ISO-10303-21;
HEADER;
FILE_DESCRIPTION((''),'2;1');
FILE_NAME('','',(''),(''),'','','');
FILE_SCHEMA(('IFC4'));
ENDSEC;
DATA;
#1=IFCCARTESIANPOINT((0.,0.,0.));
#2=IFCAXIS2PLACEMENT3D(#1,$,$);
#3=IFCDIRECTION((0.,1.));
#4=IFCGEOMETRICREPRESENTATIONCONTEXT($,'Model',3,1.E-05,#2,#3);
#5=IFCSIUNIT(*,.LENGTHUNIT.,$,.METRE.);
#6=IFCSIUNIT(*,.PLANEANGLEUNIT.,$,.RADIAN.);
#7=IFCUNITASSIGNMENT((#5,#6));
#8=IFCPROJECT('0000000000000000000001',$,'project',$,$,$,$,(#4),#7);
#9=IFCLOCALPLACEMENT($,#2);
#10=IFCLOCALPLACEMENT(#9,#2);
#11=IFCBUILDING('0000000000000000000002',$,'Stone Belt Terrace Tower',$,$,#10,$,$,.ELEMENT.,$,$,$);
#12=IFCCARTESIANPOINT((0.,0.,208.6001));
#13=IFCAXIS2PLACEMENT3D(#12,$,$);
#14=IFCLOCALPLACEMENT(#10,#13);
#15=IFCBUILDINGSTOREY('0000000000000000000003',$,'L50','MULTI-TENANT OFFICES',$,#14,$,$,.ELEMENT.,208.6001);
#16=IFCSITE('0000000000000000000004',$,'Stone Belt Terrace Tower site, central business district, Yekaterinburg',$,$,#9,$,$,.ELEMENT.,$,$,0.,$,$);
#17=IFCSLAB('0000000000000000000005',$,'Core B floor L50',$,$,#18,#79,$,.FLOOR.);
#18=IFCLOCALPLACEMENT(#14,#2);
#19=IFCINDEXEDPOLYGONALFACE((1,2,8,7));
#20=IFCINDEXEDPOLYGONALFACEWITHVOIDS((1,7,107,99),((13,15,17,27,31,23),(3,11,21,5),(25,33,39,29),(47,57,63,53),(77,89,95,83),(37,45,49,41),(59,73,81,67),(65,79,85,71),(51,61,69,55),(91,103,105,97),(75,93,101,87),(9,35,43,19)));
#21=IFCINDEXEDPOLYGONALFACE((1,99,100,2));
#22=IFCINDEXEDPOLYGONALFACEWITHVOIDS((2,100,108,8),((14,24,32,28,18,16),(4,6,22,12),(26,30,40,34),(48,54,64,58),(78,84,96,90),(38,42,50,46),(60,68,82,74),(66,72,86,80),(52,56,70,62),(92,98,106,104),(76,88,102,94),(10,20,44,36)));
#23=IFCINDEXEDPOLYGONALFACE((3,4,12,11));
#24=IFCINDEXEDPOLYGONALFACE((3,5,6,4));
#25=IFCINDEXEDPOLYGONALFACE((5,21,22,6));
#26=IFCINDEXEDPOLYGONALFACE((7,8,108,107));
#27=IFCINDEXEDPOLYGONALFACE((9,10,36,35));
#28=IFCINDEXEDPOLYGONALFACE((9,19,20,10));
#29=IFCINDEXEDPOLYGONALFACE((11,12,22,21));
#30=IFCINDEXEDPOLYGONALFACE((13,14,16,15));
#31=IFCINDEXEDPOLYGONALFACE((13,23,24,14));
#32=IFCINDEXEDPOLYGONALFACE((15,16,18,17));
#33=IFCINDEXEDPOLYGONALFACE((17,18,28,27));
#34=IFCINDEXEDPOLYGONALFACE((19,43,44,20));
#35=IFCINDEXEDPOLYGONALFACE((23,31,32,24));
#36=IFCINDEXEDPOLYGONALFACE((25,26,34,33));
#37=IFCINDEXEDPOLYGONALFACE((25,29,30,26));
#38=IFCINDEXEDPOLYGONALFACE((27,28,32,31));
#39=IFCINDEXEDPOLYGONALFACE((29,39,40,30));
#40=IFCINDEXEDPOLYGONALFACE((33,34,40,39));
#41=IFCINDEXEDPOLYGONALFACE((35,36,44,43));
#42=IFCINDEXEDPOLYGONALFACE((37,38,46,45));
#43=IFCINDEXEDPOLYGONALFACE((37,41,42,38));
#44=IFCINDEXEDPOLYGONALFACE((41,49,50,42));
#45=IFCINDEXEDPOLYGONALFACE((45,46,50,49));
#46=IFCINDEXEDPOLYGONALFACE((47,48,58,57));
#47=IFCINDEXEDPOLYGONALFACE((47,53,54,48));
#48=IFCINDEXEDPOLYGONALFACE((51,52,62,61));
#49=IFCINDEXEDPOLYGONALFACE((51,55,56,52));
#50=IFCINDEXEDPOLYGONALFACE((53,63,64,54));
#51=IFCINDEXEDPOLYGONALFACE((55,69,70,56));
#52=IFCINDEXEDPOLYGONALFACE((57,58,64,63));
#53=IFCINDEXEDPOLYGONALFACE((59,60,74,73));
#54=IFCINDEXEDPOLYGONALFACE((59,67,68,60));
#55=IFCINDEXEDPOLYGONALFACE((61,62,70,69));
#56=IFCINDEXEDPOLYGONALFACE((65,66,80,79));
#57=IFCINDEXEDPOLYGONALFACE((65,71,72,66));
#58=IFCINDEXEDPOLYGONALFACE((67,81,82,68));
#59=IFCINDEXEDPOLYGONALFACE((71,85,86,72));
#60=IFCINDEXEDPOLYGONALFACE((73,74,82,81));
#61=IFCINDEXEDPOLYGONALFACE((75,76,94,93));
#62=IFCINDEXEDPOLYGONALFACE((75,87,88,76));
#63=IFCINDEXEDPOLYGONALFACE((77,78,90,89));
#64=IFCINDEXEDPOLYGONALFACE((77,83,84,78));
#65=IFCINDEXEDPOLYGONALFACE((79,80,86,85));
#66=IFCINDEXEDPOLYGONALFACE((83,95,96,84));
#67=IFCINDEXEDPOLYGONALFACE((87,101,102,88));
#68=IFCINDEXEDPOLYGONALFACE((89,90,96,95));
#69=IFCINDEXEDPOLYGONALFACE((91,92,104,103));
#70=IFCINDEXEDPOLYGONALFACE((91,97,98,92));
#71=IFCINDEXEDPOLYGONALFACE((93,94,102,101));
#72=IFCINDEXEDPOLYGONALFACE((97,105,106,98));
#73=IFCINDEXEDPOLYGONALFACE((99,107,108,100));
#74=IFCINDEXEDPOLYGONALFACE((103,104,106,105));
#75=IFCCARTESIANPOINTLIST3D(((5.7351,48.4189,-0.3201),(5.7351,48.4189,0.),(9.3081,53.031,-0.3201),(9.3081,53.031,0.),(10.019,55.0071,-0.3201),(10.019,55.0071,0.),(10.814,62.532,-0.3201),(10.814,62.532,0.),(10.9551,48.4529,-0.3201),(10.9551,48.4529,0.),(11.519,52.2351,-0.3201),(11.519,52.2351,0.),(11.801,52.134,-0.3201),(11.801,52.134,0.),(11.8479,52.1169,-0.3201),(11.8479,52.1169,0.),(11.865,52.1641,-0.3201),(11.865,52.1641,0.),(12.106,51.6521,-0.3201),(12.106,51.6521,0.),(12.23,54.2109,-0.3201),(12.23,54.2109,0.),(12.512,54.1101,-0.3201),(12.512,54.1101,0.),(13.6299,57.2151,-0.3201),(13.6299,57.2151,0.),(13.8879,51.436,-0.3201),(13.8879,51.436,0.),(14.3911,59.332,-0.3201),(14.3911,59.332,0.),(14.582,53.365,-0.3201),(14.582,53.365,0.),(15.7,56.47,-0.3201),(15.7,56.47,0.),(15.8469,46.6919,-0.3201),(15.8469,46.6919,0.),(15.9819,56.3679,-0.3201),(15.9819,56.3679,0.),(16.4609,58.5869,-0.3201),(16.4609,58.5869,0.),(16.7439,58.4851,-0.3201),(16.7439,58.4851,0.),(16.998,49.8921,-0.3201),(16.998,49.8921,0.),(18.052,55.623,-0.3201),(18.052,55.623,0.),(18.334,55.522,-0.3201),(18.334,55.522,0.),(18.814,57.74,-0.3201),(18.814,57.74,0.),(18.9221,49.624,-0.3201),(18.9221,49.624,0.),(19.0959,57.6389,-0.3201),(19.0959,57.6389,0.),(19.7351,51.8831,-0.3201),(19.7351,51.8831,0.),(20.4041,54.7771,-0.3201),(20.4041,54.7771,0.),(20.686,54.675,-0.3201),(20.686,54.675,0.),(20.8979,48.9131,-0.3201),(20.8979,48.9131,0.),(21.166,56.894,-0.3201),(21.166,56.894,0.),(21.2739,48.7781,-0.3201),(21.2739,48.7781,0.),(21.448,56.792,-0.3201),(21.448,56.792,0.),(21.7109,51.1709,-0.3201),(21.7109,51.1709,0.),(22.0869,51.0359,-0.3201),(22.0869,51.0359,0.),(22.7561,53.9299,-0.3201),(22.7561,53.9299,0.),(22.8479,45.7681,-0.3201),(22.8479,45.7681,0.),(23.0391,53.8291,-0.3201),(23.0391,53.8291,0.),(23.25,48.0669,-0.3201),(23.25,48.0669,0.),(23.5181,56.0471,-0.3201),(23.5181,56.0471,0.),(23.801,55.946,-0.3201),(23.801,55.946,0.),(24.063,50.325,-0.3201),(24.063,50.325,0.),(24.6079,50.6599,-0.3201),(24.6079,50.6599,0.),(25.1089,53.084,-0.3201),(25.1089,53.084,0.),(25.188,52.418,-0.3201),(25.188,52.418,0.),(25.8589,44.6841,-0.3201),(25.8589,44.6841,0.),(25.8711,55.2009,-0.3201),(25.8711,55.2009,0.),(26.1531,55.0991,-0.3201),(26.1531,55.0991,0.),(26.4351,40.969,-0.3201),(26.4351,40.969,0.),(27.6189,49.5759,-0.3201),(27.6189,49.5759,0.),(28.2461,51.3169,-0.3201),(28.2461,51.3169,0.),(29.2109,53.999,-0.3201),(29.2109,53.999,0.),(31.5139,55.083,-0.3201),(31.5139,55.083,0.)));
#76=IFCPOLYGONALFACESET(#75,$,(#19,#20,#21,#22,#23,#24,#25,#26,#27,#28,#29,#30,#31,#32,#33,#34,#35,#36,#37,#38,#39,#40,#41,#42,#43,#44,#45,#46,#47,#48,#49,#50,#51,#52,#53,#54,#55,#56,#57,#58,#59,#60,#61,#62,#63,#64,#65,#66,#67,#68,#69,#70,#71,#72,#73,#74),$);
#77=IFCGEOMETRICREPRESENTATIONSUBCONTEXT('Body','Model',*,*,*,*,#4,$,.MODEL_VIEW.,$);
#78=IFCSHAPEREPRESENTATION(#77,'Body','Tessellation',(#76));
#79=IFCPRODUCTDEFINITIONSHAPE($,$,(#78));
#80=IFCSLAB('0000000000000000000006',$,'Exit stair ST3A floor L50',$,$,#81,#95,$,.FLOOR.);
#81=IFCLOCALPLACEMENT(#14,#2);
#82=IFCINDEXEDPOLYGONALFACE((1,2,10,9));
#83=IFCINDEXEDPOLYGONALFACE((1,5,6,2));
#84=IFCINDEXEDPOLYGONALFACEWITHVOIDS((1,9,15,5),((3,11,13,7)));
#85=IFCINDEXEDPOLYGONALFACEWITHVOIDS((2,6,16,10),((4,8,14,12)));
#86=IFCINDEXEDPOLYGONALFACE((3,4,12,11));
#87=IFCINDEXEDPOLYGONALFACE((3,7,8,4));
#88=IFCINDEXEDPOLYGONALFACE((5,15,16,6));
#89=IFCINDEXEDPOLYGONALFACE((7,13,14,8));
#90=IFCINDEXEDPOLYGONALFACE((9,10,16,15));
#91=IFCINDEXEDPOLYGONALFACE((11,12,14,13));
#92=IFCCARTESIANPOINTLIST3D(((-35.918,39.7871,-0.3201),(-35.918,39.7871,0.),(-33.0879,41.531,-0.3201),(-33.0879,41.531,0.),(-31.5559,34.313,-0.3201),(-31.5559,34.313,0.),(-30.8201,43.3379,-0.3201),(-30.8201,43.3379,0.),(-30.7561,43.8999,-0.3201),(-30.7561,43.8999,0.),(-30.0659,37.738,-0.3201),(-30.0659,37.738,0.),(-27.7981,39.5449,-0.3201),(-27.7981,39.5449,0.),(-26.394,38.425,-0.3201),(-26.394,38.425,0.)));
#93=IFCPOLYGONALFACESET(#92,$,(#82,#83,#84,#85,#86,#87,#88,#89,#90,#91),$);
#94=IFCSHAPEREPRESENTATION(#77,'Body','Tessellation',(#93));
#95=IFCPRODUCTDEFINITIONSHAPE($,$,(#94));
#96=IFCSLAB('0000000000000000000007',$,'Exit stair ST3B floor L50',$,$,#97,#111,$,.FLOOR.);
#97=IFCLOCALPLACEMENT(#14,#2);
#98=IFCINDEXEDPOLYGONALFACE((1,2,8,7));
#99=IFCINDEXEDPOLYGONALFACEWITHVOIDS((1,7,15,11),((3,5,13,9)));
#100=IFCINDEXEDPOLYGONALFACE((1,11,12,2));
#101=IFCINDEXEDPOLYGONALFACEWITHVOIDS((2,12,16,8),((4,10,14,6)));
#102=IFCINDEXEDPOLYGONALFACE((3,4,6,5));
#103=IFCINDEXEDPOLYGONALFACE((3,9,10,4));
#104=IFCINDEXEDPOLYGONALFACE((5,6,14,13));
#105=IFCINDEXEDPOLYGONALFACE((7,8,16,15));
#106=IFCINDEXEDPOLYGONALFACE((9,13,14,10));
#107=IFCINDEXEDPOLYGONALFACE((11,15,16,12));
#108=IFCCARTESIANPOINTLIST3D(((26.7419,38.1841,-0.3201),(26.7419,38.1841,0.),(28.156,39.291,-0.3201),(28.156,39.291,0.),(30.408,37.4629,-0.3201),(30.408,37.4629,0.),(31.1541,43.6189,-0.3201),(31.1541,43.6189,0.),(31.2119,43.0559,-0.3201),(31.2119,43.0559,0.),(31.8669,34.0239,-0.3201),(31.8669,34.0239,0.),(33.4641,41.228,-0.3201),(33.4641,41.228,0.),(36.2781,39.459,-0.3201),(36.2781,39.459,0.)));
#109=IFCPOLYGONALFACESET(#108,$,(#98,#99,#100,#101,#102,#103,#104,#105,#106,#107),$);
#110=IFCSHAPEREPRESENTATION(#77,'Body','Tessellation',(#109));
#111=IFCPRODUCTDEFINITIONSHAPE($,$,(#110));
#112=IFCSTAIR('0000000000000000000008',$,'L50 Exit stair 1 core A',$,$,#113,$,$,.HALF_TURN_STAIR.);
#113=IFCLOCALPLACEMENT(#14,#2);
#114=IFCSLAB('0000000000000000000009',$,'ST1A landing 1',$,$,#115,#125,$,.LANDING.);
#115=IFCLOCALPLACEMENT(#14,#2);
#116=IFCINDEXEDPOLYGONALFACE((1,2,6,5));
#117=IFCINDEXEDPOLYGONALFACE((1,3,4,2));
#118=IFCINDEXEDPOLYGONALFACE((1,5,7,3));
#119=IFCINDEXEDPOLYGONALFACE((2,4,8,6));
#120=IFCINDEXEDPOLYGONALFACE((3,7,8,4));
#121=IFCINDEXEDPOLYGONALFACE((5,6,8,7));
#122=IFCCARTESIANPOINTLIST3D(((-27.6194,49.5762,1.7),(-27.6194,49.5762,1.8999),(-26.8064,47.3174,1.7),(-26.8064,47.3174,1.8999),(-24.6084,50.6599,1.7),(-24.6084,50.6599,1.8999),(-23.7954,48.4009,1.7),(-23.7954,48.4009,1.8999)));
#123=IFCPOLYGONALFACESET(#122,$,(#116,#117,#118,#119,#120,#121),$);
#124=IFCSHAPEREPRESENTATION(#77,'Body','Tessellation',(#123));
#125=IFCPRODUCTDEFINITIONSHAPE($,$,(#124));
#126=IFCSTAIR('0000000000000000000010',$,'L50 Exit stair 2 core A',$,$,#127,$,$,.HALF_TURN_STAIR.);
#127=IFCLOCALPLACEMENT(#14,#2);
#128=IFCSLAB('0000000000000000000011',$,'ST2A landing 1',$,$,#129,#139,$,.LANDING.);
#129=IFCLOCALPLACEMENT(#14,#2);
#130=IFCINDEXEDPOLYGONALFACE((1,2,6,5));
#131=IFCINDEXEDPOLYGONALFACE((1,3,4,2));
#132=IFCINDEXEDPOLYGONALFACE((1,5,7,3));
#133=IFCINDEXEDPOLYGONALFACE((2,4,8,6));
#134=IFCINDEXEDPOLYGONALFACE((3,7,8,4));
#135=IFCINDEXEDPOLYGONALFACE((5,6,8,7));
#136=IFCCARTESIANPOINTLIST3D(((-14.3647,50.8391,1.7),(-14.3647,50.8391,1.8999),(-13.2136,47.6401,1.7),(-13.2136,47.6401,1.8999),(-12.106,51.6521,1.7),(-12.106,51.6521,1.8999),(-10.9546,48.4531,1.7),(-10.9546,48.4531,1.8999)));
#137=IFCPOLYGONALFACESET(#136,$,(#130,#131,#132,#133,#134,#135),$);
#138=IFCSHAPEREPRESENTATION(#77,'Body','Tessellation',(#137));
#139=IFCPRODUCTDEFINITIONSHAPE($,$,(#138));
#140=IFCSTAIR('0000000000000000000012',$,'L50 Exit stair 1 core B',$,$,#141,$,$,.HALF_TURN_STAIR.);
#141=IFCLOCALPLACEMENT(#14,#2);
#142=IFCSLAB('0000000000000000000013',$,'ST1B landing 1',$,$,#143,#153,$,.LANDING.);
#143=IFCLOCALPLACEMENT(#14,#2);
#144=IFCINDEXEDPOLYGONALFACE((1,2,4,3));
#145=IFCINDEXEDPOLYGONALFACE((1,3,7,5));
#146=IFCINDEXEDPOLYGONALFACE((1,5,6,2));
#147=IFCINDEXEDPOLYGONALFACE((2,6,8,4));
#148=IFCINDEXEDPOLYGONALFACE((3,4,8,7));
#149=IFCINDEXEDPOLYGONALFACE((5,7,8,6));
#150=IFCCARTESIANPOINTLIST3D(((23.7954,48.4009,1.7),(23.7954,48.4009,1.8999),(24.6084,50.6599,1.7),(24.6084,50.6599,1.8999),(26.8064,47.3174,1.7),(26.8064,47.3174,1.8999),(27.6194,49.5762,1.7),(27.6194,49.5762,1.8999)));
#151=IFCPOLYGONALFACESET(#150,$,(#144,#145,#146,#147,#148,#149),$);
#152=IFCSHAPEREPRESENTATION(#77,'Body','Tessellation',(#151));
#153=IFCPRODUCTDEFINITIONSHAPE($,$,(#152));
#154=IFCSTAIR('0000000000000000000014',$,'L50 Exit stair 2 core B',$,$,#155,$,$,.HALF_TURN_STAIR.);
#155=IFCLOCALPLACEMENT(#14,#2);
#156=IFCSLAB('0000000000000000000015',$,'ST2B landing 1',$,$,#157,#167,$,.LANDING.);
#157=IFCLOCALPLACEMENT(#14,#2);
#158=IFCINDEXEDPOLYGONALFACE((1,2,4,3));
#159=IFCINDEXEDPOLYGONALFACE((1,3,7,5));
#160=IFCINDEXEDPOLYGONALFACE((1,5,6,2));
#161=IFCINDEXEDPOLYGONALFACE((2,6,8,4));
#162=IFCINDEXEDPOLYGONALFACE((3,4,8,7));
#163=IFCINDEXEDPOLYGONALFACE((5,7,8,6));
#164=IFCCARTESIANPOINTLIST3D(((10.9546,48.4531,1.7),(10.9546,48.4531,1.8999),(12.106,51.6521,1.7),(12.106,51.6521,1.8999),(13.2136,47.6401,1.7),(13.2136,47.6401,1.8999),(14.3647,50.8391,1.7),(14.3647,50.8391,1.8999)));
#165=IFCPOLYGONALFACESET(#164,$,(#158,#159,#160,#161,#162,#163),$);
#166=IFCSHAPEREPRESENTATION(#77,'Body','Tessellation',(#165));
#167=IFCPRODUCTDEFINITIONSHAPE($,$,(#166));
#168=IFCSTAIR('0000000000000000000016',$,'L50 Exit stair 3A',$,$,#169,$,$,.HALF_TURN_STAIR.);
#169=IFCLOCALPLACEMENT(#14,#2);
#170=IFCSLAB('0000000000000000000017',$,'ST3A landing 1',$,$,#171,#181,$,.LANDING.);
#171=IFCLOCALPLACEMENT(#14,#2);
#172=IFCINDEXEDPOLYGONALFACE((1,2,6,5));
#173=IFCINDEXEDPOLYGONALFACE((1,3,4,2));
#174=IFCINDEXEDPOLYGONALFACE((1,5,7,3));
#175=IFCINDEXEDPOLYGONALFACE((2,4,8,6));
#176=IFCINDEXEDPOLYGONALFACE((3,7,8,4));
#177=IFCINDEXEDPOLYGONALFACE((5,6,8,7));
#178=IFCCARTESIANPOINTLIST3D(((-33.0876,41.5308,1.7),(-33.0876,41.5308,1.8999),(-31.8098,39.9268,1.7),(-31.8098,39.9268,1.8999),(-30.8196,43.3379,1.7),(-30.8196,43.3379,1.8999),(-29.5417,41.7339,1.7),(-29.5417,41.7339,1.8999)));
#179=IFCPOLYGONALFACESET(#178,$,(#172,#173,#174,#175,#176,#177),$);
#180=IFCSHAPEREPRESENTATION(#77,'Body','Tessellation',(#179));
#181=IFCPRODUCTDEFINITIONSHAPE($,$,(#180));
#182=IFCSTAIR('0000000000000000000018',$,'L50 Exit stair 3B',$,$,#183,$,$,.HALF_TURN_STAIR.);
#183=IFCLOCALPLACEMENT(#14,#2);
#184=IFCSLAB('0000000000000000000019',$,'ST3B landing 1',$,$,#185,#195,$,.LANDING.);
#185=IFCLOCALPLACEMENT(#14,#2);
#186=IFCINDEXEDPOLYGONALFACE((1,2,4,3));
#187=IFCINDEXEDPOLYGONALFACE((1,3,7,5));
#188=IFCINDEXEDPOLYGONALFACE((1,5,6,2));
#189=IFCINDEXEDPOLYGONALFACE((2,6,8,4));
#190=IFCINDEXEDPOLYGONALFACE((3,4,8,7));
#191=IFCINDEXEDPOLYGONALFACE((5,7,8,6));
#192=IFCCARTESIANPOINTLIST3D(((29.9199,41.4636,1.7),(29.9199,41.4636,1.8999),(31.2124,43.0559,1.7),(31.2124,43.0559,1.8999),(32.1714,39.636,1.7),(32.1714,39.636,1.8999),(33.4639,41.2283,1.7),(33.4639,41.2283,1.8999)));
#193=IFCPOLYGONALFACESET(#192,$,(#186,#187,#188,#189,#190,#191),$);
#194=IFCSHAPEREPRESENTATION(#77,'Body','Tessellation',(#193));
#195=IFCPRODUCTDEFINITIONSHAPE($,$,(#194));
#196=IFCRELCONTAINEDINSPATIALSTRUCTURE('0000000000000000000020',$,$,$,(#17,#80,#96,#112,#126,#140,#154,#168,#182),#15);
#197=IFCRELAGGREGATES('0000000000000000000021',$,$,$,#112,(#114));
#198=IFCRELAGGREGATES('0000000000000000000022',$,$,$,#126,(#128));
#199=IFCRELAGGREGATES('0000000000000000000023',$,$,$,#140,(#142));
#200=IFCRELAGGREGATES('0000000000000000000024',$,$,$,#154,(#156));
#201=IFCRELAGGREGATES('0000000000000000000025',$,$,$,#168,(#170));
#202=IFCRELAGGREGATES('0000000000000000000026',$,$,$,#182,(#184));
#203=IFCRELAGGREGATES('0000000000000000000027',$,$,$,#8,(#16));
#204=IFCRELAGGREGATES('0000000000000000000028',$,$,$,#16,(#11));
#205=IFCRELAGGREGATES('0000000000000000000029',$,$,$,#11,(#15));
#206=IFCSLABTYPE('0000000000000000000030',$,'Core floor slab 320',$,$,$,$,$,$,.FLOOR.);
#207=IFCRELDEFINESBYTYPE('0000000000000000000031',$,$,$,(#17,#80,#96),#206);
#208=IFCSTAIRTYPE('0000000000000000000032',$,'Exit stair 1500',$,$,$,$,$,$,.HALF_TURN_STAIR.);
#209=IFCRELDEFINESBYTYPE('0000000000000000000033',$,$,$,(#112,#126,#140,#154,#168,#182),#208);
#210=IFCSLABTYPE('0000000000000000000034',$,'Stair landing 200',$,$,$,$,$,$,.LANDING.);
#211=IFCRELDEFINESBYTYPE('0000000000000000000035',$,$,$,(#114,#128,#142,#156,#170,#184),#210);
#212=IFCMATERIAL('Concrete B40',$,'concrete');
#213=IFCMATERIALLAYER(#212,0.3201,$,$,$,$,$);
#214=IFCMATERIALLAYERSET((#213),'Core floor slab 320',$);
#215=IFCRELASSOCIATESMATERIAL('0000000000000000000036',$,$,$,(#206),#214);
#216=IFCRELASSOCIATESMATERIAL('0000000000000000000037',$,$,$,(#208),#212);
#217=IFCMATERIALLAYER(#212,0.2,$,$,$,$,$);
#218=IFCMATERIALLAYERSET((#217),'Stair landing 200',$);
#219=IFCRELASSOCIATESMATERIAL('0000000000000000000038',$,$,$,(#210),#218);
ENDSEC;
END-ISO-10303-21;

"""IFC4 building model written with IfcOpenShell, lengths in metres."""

from ifc_helpers import new_model, si_unit, direction, frame, origin, place, context, subcontext, project, spatial, polyline, outline, extrude, material, layer, layer_set, type_object, element, aggregate, save


model = new_model("IFC4")

# Units and contexts
model_context = context("Model", 3, precision=1e-05, world=origin(), true_north=direction((0.0, 1.0)))
body_context = subcontext(model_context, "Body", "Model", "MODEL_VIEW")
ifc_project = project(units=[si_unit("LENGTHUNIT", "METRE"), si_unit("PLANEANGLEUNIT", "RADIAN")], contexts=[model_context])

# Site, building, storey
site_placement = place(None, origin())
site = spatial("IfcSite", under=ifc_project, at=site_placement, Name="Stone Belt Terrace Tower site, central business district, Yekaterinburg", CompositionType="ELEMENT", RefElevation=0.0)
building_placement = place(site_placement, origin())
building = spatial("IfcBuilding", under=site, at=building_placement, Name="Stone Belt Terrace Tower", CompositionType="ELEMENT")
storey_placement = place(building_placement, frame((0.0, 0.0, 208.6001)))
storey = spatial("IfcBuildingStorey", under=building, at=storey_placement, Name="L50", Description="MULTI-TENANT OFFICES", CompositionType="ELEMENT", Elevation=208.6001)

# Slabs
ifc_material_1 = material(Name="Concrete B40", Category="concrete")
ifc_layer_1 = layer(ifc_material_1, 0.3201)
ifc_layer_set_1 = layer_set([ifc_layer_1], Name="Core floor slab 320")
slab_type_1 = type_object("IfcSlabType", Name="Core floor slab 320", PredefinedType="FLOOR", material=ifc_layer_set_1)
slab_1_placement = place(storey_placement, frame((0.0, 0.0, -0.3201)))
element("IfcSlab", 1, at=slab_1_placement, inside=storey, type_object=slab_type_1, Name="Core B floor L50", PredefinedType="FLOOR", context=body_context, shape_type="SweptSolid", body=[
    extrude(outline(polyline([(26.4351, 40.969), (31.5139, 55.083), (10.814, 62.532), (5.7351, 48.4189), (26.4351, 40.969)]), holes=[polyline([(12.106, 51.6521), (16.998, 49.8921), (15.8469, 46.6919), (10.9551, 48.4529), (12.106, 51.6521)]), polyline([(12.512, 54.1101), (14.582, 53.365), (13.8879, 51.436), (11.865, 52.1641), (11.8479, 52.1169), (11.801, 52.134), (12.512, 54.1101)]), polyline([(9.3081, 53.031), (10.019, 55.0071), (12.23, 54.2109), (11.519, 52.2351), (9.3081, 53.031)]), polyline([(18.334, 55.522), (19.0959, 57.6389), (21.166, 56.894), (20.4041, 54.7771), (18.334, 55.522)]), polyline([(16.7439, 58.4851), (18.814, 57.74), (18.052, 55.623), (15.9819, 56.3679), (16.7439, 58.4851)]), polyline([(14.3911, 59.332), (16.4609, 58.5869), (15.7, 56.47), (13.6299, 57.2151), (14.3911, 59.332)]), polyline([(27.6189, 49.5759), (25.8589, 44.6841), (22.8479, 45.7681), (24.6079, 50.6599), (27.6189, 49.5759)]), polyline([(23.25, 48.0669), (21.2739, 48.7781), (22.0869, 51.0359), (24.063, 50.325), (23.25, 48.0669)]), polyline([(20.8979, 48.9131), (18.9221, 49.624), (19.7351, 51.8831), (21.7109, 51.1709), (20.8979, 48.9131)]), polyline([(26.1531, 55.0991), (29.2109, 53.999), (28.2461, 51.3169), (25.188, 52.418), (26.1531, 55.0991)]), polyline([(23.801, 55.946), (25.8711, 55.2009), (25.1089, 53.084), (23.0391, 53.8291), (23.801, 55.946)]), polyline([(21.448, 56.792), (23.5181, 56.0471), (22.7561, 53.9299), (20.686, 54.675), (21.448, 56.792)])]), origin(), (0.0, 0.0, 1.0), 0.3201),
])
slab_2_placement = place(storey_placement, frame((0.0, 0.0, -0.3201)))
element("IfcSlab", 2, at=slab_2_placement, inside=storey, type_object=slab_type_1, Name="Exit stair ST3A floor L50", PredefinedType="FLOOR", context=body_context, shape_type="SweptSolid", body=[
    extrude(outline(polyline([(-26.394, 38.425), (-30.7561, 43.8999), (-35.918, 39.7871), (-31.5559, 34.313), (-26.394, 38.425)]), holes=[polyline([(-27.7981, 39.5449), (-30.0659, 37.738), (-33.0879, 41.531), (-30.8201, 43.3379), (-27.7981, 39.5449)])]), origin(), (0.0, 0.0, 1.0), 0.3201),
])
slab_3_placement = place(storey_placement, frame((0.0, 0.0, -0.3201)))
element("IfcSlab", 3, at=slab_3_placement, inside=storey, type_object=slab_type_1, Name="Exit stair ST3B floor L50", PredefinedType="FLOOR", context=body_context, shape_type="SweptSolid", body=[
    extrude(outline(polyline([(26.7419, 38.1841), (31.8669, 34.0239), (36.2781, 39.459), (31.1541, 43.6189), (26.7419, 38.1841)]), holes=[polyline([(30.408, 37.4629), (28.156, 39.291), (31.2119, 43.0559), (33.4641, 41.228), (30.408, 37.4629)])]), origin(), (0.0, 0.0, 1.0), 0.3201),
])

# Stairs, slabs
stair_type = type_object("IfcStairType", Name="Exit stair 1500", PredefinedType="HALF_TURN_STAIR", material=ifc_material_1)
stair_1_placement = place(storey_placement, origin())
stair_1 = element("IfcStair", 4, at=stair_1_placement, inside=storey, type_object=stair_type, Name="L50 Exit stair 1 core A", PredefinedType="HALF_TURN_STAIR")
ifc_layer_2 = layer(ifc_material_1, 0.2)
ifc_layer_set_2 = layer_set([ifc_layer_2], Name="Stair landing 200")
slab_type_2 = type_object("IfcSlabType", Name="Stair landing 200", PredefinedType="LANDING", material=ifc_layer_set_2)
slab_4_placement = place(storey_placement, frame((0.0, 0.0, 1.7)))
slab_4 = element("IfcSlab", 5, at=slab_4_placement, type_object=slab_type_2, Name="ST1A landing 1", PredefinedType="LANDING", context=body_context, shape_type="SweptSolid", body=[
    extrude(outline(polyline([(-23.7954, 48.4009), (-24.6084, 50.6599), (-27.6194, 49.5762), (-26.8064, 47.3174), (-23.7954, 48.4009)])), origin(), (0.0, 0.0, 1.0), 0.2),
])
aggregate(stair_1, [slab_4])
stair_2_placement = place(storey_placement, origin())
stair_2 = element("IfcStair", 6, at=stair_2_placement, inside=storey, type_object=stair_type, Name="L50 Exit stair 2 core A", PredefinedType="HALF_TURN_STAIR")
slab_5_placement = place(storey_placement, frame((0.0, 0.0, 1.7)))
slab_5 = element("IfcSlab", 7, at=slab_5_placement, type_object=slab_type_2, Name="ST2A landing 1", PredefinedType="LANDING", context=body_context, shape_type="SweptSolid", body=[
    extrude(outline(polyline([(-13.2136, 47.6401), (-10.9546, 48.4531), (-12.106, 51.6521), (-14.3647, 50.8391), (-13.2136, 47.6401)])), origin(), (0.0, 0.0, 1.0), 0.2),
])
aggregate(stair_2, [slab_5])
stair_3_placement = place(storey_placement, origin())
stair_3 = element("IfcStair", 8, at=stair_3_placement, inside=storey, type_object=stair_type, Name="L50 Exit stair 1 core B", PredefinedType="HALF_TURN_STAIR")
slab_6_placement = place(storey_placement, frame((0.0, 0.0, 1.7)))
slab_6 = element("IfcSlab", 9, at=slab_6_placement, type_object=slab_type_2, Name="ST1B landing 1", PredefinedType="LANDING", context=body_context, shape_type="SweptSolid", body=[
    extrude(outline(polyline([(26.8064, 47.3174), (27.6194, 49.5762), (24.6084, 50.6599), (23.7954, 48.4009), (26.8064, 47.3174)])), origin(), (0.0, 0.0, 1.0), 0.2),
])
aggregate(stair_3, [slab_6])
stair_4_placement = place(storey_placement, origin())
stair_4 = element("IfcStair", 10, at=stair_4_placement, inside=storey, type_object=stair_type, Name="L50 Exit stair 2 core B", PredefinedType="HALF_TURN_STAIR")
slab_7_placement = place(storey_placement, frame((0.0, 0.0, 1.7)))
slab_7 = element("IfcSlab", 11, at=slab_7_placement, type_object=slab_type_2, Name="ST2B landing 1", PredefinedType="LANDING", context=body_context, shape_type="SweptSolid", body=[
    extrude(outline(polyline([(14.3647, 50.8391), (12.106, 51.6521), (10.9546, 48.4531), (13.2136, 47.6401), (14.3647, 50.8391)])), origin(), (0.0, 0.0, 1.0), 0.2),
])
aggregate(stair_4, [slab_7])
stair_5_placement = place(storey_placement, origin())
stair_5 = element("IfcStair", 12, at=stair_5_placement, inside=storey, type_object=stair_type, Name="L50 Exit stair 3A", PredefinedType="HALF_TURN_STAIR")
slab_8_placement = place(storey_placement, frame((0.0, 0.0, 1.7)))
slab_8 = element("IfcSlab", 13, at=slab_8_placement, type_object=slab_type_2, Name="ST3A landing 1", PredefinedType="LANDING", context=body_context, shape_type="SweptSolid", body=[
    extrude(outline(polyline([(-29.5417, 41.7339), (-30.8196, 43.3379), (-33.0876, 41.5308), (-31.8098, 39.9268), (-29.5417, 41.7339)])), origin(), (0.0, 0.0, 1.0), 0.2),
])
aggregate(stair_5, [slab_8])
stair_6_placement = place(storey_placement, origin())
stair_6 = element("IfcStair", 14, at=stair_6_placement, inside=storey, type_object=stair_type, Name="L50 Exit stair 3B", PredefinedType="HALF_TURN_STAIR")
slab_9_placement = place(storey_placement, frame((0.0, 0.0, 1.7)))
slab_9 = element("IfcSlab", 15, at=slab_9_placement, type_object=slab_type_2, Name="ST3B landing 1", PredefinedType="LANDING", context=body_context, shape_type="SweptSolid", body=[
    extrude(outline(polyline([(32.1714, 39.636), (33.4639, 41.2283), (31.2124, 43.0559), (29.9199, 41.4636), (32.1714, 39.636)])), origin(), (0.0, 0.0, 1.0), 0.2),
])

aggregate(stair_6, [slab_9])

save(model, "model.ifc")
